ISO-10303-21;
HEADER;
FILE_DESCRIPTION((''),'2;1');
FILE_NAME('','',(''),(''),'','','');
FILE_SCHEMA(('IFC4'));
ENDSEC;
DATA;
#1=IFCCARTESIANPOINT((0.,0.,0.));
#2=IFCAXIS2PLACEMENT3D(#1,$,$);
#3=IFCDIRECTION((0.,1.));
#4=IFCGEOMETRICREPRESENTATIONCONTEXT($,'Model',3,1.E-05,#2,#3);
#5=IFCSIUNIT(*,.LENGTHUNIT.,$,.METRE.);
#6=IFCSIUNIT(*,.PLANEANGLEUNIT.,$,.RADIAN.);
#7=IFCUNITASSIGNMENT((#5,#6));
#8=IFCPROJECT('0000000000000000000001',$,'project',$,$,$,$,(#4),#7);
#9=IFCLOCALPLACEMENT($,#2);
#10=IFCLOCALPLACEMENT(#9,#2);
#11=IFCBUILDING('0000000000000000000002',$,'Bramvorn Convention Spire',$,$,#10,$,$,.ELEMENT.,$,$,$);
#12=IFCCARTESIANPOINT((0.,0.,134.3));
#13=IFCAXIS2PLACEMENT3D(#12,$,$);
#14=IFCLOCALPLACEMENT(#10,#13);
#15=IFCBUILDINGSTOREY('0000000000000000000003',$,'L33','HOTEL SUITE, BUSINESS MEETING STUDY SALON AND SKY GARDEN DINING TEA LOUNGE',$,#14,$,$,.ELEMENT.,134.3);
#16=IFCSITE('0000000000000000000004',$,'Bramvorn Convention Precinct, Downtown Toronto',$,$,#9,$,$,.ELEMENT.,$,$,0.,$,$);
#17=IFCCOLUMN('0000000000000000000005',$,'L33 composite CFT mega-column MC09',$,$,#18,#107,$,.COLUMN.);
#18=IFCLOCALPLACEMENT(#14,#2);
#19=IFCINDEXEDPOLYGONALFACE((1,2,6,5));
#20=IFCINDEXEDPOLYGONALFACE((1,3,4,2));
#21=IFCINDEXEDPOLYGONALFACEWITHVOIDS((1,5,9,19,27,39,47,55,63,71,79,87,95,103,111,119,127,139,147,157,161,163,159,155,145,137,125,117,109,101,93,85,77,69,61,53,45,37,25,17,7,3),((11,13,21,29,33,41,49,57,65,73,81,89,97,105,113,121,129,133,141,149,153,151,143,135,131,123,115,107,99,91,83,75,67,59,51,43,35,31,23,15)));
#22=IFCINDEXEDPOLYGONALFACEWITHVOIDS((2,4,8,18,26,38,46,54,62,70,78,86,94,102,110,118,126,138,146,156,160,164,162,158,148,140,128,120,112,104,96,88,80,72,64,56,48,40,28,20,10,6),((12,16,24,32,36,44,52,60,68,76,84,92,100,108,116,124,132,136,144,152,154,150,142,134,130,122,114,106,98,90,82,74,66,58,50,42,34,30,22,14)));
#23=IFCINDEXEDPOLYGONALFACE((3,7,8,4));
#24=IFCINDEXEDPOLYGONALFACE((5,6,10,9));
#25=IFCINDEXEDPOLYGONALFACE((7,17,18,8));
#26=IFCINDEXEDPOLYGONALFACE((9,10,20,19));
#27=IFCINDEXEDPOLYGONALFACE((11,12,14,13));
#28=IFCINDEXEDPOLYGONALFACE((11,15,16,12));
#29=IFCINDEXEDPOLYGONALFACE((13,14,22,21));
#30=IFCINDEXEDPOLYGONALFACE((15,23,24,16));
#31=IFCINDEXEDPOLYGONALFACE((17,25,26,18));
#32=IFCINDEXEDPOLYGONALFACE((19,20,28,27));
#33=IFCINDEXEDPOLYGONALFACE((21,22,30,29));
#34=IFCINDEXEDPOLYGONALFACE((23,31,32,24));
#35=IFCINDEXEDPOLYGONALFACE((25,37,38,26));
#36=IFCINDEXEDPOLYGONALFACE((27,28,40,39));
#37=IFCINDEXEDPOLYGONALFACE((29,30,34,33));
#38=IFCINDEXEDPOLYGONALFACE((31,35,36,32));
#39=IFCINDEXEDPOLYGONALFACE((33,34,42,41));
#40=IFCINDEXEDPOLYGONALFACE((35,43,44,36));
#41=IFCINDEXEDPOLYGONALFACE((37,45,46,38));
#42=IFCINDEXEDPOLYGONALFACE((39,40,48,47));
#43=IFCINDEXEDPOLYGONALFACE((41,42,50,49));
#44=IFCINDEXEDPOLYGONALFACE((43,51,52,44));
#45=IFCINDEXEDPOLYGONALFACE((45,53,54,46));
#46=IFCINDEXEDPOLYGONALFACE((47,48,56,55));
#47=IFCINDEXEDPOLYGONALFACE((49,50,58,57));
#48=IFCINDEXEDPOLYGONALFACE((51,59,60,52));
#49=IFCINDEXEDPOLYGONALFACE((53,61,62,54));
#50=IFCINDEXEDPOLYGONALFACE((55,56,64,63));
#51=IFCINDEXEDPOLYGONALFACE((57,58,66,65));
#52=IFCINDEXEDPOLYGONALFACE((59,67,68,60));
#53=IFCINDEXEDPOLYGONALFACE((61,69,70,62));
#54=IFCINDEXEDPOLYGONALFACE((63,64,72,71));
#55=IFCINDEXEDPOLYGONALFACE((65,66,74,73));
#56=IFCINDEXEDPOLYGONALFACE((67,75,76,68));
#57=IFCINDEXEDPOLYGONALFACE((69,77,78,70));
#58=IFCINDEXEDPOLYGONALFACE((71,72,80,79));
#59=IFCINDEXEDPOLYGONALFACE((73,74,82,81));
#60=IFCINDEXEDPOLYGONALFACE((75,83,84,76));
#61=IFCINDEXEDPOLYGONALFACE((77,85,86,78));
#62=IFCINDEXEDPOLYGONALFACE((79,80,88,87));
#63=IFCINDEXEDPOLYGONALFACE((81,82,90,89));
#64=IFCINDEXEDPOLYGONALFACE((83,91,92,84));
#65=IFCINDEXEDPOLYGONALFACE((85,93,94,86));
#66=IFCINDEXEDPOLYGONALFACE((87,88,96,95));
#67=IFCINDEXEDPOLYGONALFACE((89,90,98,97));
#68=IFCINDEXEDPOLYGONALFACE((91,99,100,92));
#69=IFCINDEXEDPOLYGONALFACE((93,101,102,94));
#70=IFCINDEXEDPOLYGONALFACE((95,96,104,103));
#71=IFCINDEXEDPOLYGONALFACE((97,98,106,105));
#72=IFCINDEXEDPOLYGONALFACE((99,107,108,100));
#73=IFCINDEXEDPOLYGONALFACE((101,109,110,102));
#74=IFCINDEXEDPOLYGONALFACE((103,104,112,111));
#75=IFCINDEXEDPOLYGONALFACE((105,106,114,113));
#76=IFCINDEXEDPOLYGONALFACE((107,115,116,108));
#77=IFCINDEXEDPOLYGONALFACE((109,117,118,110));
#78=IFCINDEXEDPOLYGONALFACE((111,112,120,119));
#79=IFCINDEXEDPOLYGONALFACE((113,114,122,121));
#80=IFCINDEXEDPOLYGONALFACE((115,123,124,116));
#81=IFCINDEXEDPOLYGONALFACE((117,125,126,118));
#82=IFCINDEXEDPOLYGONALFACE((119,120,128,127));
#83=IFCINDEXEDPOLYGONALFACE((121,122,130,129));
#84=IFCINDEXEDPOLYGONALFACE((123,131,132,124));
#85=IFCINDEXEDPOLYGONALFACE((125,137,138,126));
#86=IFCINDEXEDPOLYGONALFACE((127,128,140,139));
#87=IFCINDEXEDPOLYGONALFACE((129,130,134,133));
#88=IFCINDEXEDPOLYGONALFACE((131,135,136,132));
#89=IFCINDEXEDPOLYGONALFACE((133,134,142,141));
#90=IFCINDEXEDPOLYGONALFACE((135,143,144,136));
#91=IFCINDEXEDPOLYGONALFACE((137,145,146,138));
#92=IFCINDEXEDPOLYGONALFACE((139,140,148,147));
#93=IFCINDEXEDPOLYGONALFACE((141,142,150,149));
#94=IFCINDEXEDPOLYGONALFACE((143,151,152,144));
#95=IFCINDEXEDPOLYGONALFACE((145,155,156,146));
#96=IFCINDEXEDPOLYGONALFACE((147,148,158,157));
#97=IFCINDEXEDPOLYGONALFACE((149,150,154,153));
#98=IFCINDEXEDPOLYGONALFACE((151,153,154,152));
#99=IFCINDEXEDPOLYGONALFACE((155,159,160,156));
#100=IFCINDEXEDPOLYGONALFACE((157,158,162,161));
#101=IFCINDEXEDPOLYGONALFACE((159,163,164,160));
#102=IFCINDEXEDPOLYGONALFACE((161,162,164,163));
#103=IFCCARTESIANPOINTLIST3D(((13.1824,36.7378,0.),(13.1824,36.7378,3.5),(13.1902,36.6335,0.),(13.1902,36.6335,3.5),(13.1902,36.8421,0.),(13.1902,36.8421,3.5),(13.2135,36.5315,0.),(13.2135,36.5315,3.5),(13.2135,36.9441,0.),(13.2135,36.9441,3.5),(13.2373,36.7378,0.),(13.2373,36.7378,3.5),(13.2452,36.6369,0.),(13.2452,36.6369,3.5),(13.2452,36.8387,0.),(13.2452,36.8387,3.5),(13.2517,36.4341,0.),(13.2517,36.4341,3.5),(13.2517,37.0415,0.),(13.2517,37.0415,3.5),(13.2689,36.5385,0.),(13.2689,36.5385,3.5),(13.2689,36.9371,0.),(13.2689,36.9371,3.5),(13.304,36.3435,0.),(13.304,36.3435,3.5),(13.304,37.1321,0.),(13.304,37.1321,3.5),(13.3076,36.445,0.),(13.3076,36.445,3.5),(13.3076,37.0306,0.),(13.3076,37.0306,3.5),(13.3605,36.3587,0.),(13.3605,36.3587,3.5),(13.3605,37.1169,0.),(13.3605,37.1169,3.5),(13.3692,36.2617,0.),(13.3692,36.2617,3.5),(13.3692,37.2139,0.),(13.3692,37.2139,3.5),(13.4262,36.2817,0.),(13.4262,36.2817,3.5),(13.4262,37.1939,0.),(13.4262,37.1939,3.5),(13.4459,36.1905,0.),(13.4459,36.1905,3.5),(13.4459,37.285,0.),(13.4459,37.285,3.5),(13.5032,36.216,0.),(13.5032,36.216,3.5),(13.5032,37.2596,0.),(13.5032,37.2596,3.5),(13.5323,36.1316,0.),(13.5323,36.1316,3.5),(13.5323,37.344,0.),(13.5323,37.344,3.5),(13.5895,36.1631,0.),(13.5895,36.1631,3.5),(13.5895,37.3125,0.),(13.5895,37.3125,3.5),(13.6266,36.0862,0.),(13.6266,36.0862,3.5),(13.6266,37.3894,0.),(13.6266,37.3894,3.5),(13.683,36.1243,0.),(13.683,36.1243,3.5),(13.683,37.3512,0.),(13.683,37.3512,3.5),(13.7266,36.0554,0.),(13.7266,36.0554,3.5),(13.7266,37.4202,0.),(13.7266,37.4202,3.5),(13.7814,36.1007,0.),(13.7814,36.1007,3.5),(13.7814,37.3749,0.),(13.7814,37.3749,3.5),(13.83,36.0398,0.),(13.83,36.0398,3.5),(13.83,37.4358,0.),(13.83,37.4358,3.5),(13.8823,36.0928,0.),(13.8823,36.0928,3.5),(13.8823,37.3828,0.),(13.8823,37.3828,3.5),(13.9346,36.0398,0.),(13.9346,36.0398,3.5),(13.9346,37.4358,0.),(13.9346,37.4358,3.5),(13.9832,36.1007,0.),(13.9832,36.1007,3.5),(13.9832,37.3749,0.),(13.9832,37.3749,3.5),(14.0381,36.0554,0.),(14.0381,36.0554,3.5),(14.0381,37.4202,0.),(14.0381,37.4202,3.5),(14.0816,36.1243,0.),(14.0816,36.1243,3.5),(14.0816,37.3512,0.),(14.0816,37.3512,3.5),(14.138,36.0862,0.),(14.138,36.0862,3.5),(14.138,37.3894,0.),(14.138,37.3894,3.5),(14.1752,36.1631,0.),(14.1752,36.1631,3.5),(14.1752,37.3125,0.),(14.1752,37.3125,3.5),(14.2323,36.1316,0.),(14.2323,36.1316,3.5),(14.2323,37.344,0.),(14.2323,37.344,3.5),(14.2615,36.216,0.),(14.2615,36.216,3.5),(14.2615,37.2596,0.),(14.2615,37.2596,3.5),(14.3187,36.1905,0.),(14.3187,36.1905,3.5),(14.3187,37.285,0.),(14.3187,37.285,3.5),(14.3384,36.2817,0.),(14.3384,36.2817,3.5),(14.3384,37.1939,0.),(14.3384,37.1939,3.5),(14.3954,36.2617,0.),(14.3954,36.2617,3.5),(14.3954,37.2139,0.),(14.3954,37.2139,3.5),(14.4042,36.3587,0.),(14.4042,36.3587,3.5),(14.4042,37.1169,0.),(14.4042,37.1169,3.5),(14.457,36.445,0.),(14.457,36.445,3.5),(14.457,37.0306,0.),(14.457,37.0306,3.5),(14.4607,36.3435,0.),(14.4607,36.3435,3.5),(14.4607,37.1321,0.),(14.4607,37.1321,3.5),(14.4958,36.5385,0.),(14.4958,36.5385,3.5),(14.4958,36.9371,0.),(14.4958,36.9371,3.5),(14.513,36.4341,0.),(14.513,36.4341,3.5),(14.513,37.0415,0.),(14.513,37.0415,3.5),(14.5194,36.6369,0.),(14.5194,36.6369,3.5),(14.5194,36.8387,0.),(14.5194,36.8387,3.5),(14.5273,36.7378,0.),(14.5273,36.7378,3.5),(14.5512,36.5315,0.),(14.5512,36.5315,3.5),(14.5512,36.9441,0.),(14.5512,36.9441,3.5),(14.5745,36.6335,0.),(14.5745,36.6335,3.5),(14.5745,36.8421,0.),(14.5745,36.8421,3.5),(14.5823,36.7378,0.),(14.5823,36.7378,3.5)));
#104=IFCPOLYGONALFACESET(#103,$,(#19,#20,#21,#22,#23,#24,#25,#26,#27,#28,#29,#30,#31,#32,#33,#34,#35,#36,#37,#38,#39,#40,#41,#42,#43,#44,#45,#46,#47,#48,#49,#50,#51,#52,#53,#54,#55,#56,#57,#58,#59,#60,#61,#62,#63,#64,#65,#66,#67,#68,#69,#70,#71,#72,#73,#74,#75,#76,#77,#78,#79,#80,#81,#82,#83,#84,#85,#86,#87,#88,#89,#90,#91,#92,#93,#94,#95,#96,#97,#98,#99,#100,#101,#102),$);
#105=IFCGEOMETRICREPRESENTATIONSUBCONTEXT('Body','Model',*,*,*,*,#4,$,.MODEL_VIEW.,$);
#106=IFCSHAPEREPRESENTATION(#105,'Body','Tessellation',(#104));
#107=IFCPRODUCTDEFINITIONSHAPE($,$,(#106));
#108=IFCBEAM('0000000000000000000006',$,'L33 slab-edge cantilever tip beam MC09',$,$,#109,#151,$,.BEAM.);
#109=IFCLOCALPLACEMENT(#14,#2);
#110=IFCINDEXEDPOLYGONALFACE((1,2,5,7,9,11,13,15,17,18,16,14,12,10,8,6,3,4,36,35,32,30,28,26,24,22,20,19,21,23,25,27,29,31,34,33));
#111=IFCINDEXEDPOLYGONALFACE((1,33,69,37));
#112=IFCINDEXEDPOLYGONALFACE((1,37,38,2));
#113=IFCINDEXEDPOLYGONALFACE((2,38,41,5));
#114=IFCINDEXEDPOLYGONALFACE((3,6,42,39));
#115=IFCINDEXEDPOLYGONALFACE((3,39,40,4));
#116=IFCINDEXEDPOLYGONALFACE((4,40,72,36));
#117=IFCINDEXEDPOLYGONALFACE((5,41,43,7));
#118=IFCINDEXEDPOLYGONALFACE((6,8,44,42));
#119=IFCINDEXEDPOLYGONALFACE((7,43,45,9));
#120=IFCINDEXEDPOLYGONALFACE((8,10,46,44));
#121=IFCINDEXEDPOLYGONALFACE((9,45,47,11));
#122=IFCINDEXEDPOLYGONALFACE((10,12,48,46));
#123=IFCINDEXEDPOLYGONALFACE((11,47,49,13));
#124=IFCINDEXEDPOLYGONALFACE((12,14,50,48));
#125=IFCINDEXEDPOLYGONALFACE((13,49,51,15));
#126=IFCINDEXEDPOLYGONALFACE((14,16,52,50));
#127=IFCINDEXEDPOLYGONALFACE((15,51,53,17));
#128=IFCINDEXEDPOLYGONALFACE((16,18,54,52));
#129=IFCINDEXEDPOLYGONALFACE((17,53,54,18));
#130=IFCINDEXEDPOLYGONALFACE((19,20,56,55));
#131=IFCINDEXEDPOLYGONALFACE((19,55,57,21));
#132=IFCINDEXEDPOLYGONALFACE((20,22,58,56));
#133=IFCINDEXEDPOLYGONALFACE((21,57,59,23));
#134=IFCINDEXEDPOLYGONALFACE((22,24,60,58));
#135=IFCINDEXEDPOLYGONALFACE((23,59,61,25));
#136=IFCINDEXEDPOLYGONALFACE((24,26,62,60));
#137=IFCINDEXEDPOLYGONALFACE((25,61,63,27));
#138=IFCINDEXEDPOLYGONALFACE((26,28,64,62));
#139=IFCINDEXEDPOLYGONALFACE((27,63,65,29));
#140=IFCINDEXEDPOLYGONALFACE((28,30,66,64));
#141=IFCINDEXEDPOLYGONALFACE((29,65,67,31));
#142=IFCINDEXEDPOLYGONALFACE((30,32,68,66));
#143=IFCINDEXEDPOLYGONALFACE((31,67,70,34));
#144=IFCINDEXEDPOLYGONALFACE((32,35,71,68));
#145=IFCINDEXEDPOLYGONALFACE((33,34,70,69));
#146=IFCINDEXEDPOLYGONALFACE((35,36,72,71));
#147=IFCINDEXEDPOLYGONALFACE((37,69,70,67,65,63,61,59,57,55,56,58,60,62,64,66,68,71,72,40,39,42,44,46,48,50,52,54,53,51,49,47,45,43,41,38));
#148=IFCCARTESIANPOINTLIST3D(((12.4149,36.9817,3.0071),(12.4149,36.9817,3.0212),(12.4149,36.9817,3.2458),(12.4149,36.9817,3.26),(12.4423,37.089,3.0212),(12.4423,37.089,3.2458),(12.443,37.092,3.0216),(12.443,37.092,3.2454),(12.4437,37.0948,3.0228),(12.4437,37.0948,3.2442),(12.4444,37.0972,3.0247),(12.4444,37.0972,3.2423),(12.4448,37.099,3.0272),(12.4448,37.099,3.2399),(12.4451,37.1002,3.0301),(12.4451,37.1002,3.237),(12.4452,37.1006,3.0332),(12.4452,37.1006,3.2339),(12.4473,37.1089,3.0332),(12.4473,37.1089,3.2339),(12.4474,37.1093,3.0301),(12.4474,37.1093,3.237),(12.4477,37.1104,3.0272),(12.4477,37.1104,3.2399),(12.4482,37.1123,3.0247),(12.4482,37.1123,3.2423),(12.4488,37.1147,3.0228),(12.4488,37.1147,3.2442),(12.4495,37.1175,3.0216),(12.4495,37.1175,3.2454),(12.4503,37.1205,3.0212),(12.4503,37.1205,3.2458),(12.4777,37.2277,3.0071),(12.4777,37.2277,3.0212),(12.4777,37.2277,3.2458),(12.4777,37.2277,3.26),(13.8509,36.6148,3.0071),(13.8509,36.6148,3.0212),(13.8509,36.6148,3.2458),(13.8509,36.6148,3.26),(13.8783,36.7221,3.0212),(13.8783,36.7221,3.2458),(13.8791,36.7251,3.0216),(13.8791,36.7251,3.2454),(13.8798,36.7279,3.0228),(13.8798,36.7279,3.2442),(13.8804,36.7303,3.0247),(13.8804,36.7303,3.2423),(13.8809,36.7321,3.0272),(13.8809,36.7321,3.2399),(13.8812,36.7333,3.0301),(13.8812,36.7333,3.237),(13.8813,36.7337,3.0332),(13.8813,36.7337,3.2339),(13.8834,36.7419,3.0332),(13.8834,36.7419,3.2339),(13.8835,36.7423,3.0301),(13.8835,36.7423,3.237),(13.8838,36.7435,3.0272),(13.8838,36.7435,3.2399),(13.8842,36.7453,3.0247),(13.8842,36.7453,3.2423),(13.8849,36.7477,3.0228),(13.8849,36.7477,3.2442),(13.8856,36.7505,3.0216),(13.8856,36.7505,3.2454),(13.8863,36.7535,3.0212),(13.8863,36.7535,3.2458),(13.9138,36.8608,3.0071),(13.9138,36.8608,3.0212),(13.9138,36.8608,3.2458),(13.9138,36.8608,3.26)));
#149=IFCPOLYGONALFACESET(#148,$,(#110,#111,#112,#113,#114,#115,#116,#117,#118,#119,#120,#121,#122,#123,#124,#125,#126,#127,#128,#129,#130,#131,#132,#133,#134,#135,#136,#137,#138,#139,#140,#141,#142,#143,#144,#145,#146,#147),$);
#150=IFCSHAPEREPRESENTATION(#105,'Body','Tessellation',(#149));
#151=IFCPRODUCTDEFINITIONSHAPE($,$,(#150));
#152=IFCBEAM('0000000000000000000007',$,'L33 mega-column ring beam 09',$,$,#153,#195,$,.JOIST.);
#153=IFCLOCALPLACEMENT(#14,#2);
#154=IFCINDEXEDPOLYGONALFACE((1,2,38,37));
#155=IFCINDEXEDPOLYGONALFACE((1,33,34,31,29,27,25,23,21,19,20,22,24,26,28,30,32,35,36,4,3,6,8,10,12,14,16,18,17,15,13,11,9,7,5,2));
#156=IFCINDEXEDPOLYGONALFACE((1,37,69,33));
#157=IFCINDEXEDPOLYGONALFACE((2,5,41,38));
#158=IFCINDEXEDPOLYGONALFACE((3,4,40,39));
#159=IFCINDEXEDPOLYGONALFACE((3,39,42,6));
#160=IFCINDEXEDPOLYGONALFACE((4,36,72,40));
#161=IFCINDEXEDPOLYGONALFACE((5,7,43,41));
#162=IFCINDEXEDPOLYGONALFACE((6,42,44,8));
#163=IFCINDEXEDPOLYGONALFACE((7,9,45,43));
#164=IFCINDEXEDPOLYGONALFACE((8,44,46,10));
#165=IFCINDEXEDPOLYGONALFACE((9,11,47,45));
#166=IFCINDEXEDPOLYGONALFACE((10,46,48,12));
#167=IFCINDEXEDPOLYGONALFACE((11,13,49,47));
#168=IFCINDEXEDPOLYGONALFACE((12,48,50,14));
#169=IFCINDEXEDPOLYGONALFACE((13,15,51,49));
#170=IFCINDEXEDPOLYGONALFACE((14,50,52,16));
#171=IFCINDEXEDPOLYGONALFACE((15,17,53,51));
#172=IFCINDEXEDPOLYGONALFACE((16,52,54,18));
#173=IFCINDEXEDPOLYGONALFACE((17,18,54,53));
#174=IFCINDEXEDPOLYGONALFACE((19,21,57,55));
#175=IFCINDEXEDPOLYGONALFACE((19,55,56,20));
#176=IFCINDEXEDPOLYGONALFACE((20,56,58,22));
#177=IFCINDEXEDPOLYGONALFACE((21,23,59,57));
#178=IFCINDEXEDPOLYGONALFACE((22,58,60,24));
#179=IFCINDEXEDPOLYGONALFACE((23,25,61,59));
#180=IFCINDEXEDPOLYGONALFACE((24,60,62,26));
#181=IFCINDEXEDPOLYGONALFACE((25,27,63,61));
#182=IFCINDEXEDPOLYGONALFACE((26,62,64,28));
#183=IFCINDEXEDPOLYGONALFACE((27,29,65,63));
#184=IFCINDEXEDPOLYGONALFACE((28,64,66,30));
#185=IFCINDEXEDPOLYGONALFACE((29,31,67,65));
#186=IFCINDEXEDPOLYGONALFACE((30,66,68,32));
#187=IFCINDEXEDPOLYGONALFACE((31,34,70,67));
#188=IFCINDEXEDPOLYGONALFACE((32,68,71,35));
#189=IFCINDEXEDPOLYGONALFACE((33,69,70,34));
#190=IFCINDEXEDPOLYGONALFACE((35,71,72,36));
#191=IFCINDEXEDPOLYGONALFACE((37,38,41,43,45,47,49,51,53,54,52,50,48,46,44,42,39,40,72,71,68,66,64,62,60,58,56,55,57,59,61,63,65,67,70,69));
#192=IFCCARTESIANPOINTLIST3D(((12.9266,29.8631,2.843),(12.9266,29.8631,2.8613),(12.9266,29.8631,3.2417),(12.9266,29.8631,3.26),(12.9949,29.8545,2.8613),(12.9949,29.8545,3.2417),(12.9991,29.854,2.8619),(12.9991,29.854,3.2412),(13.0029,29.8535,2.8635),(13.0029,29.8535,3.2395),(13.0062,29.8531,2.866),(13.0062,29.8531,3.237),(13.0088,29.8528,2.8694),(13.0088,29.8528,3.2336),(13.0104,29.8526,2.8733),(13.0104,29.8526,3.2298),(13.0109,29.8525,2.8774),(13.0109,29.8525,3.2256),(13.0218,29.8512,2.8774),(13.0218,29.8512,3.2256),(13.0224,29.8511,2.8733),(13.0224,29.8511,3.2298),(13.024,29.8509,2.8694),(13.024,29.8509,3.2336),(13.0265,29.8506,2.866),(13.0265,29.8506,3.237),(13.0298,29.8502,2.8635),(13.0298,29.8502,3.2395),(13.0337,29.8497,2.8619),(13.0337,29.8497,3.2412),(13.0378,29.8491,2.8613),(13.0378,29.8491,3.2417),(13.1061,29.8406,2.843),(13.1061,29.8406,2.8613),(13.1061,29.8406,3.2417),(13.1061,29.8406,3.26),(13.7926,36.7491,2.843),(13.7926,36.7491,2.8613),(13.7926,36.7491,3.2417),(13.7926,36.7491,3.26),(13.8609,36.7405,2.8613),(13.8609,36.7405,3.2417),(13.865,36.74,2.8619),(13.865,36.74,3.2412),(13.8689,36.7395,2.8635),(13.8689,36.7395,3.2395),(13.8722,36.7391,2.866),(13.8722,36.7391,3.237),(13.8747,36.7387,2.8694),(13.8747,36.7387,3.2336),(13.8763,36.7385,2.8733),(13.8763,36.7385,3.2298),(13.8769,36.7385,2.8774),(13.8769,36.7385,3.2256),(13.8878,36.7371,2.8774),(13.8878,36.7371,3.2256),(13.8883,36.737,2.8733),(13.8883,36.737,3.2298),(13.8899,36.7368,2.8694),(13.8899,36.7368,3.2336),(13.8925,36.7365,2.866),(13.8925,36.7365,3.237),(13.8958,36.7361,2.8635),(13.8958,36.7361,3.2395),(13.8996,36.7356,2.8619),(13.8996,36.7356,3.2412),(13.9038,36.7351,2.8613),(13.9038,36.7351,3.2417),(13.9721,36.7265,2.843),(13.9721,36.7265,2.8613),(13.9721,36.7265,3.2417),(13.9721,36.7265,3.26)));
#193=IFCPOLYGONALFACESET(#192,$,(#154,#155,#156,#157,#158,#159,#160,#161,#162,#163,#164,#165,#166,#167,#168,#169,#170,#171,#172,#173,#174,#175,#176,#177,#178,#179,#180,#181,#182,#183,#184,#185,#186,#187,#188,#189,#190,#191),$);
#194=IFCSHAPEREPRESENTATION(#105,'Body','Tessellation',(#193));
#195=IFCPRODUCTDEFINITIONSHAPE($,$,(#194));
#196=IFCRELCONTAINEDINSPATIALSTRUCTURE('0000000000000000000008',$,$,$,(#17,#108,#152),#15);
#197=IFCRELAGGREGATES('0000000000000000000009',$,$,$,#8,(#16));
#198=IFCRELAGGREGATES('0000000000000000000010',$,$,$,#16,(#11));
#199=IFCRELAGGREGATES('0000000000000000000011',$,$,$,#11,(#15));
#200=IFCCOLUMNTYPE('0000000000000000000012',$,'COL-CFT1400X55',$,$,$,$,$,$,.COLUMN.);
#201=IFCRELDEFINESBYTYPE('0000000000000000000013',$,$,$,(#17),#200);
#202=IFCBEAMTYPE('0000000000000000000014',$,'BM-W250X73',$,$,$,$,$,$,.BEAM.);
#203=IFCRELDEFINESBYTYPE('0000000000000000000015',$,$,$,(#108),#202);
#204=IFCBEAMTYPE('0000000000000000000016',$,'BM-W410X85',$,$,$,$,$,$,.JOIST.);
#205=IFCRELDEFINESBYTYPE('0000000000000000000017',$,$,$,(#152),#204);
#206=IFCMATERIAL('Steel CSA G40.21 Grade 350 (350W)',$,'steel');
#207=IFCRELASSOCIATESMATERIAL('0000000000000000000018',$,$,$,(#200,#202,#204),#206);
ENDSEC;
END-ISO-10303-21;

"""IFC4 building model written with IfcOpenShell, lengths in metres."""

from ifc_helpers import new_model, si_unit, direction, frame, origin, origin_2d, place, context, subcontext, project, spatial, hollow_circle, i_section, extrude, material, material_profile, profile_set, type_object, element, save


model = new_model("IFC4")

# Units and contexts
model_context = context("Model", 3, precision=1e-05, world=origin(), true_north=direction((0.0, 1.0)))
body_context = subcontext(model_context, "Body", "Model", "MODEL_VIEW")
ifc_project = project(units=[si_unit("LENGTHUNIT", "METRE"), si_unit("PLANEANGLEUNIT", "RADIAN")], contexts=[model_context])

# Site, building, storey
site_placement = place(None, origin())
site = spatial("IfcSite", under=ifc_project, at=site_placement, Name="Bramvorn Convention Precinct, Downtown Toronto", CompositionType="ELEMENT", RefElevation=0.0)
building_placement = place(site_placement, origin())
building = spatial("IfcBuilding", under=site, at=building_placement, Name="Bramvorn Convention Spire", CompositionType="ELEMENT")
storey_placement = place(building_placement, frame((0.0, 0.0, 134.3)))
storey = spatial("IfcBuildingStorey", under=building, at=storey_placement, Name="L33", Description="HOTEL SUITE, BUSINESS MEETING STUDY SALON AND SKY GARDEN DINING TEA LOUNGE", CompositionType="ELEMENT", Elevation=134.3)

# Column
ifc_material_1 = material(Name="Steel CSA G40.21 Grade 350 (350W)", Category="steel")
ifc_material_profile_1 = material_profile(ifc_material_1, hollow_circle(Radius=0.7, WallThickness=0.0549, at=origin_2d()))
ifc_profile_set_1 = profile_set([ifc_material_profile_1], Name="Steel CSA G40.21 Grade 350 (350W) - CFT1400X55")
column_type = type_object("IfcColumnType", Name="COL-CFT1400X55", PredefinedType="COLUMN", material=ifc_profile_set_1)
column_placement = place(storey_placement, frame((13.8823, 36.7378, 0.0), z_axis=(0.0, 0.0, 1.0), x_axis=(1.0, 0.0, 0.0)))
element("IfcColumn", 1, at=column_placement, inside=storey, type_object=column_type, Name="L33 composite CFT mega-column MC09", PredefinedType="COLUMN", context=body_context, shape_type="SweptSolid", body=[
    extrude(hollow_circle(Radius=0.7, WallThickness=0.0549, at=origin_2d()), origin(), (0.0, 0.0, 1.0), 3.5),
])

# Beams
ifc_material_profile_2 = material_profile(ifc_material_1, i_section(OverallWidth=0.2539, OverallDepth=0.2529, WebThickness=0.0085, FlangeThickness=0.0142, FilletRadius=0.012, at=origin_2d()))
ifc_profile_set_2 = profile_set([ifc_material_profile_2], Name="Steel CSA G40.21 Grade 350 (350W) - W250X73")
beam_type_1 = type_object("IfcBeamType", Name="BM-W250X73", PredefinedType="BEAM", material=ifc_profile_set_2)
beam_1_placement = place(storey_placement, frame((13.8823, 36.7378, 3.1335), z_axis=(-0.96887, 0.247571, 0.0), x_axis=(-0.247571, -0.96887, 0.0)))
element("IfcBeam", 2, at=beam_1_placement, inside=storey, type_object=beam_type_1, Name="L33 slab-edge cantilever tip beam MC09", PredefinedType="BEAM", context=body_context, shape_type="SweptSolid", body=[
    extrude(i_section(OverallWidth=0.2539, OverallDepth=0.2529, WebThickness=0.0085, FlangeThickness=0.0142, FilletRadius=0.012, at=origin_2d()), origin(), (0.0, 0.0, 1.0), 1.4822),
])
ifc_material_profile_3 = material_profile(ifc_material_1, i_section(OverallWidth=0.1809, OverallDepth=0.417, WebThickness=0.011, FlangeThickness=0.0183, FilletRadius=0.0161, at=origin_2d()))
ifc_profile_set_3 = profile_set([ifc_material_profile_3], Name="Steel CSA G40.21 Grade 350 (350W) - W410X85")
beam_type_2 = type_object("IfcBeamType", Name="BM-W410X85", PredefinedType="JOIST", material=ifc_profile_set_3)
beam_2_placement = place(storey_placement, frame((13.8823, 36.7378, 3.0515), z_axis=(-0.124775, -0.992185, 0.0), x_axis=(0.992185, -0.124775, 0.0)))
element("IfcBeam", 3, at=beam_2_placement, inside=storey, type_object=beam_type_2, Name="L33 mega-column ring beam 09", PredefinedType="JOIST", context=body_context, shape_type="SweptSolid", body=[
    extrude(i_section(OverallWidth=0.1809, OverallDepth=0.417, WebThickness=0.011, FlangeThickness=0.0183, FilletRadius=0.0161, at=origin_2d()), origin(), (0.0, 0.0, 1.0), 6.9402),
])

save(model, "model.ifc")
